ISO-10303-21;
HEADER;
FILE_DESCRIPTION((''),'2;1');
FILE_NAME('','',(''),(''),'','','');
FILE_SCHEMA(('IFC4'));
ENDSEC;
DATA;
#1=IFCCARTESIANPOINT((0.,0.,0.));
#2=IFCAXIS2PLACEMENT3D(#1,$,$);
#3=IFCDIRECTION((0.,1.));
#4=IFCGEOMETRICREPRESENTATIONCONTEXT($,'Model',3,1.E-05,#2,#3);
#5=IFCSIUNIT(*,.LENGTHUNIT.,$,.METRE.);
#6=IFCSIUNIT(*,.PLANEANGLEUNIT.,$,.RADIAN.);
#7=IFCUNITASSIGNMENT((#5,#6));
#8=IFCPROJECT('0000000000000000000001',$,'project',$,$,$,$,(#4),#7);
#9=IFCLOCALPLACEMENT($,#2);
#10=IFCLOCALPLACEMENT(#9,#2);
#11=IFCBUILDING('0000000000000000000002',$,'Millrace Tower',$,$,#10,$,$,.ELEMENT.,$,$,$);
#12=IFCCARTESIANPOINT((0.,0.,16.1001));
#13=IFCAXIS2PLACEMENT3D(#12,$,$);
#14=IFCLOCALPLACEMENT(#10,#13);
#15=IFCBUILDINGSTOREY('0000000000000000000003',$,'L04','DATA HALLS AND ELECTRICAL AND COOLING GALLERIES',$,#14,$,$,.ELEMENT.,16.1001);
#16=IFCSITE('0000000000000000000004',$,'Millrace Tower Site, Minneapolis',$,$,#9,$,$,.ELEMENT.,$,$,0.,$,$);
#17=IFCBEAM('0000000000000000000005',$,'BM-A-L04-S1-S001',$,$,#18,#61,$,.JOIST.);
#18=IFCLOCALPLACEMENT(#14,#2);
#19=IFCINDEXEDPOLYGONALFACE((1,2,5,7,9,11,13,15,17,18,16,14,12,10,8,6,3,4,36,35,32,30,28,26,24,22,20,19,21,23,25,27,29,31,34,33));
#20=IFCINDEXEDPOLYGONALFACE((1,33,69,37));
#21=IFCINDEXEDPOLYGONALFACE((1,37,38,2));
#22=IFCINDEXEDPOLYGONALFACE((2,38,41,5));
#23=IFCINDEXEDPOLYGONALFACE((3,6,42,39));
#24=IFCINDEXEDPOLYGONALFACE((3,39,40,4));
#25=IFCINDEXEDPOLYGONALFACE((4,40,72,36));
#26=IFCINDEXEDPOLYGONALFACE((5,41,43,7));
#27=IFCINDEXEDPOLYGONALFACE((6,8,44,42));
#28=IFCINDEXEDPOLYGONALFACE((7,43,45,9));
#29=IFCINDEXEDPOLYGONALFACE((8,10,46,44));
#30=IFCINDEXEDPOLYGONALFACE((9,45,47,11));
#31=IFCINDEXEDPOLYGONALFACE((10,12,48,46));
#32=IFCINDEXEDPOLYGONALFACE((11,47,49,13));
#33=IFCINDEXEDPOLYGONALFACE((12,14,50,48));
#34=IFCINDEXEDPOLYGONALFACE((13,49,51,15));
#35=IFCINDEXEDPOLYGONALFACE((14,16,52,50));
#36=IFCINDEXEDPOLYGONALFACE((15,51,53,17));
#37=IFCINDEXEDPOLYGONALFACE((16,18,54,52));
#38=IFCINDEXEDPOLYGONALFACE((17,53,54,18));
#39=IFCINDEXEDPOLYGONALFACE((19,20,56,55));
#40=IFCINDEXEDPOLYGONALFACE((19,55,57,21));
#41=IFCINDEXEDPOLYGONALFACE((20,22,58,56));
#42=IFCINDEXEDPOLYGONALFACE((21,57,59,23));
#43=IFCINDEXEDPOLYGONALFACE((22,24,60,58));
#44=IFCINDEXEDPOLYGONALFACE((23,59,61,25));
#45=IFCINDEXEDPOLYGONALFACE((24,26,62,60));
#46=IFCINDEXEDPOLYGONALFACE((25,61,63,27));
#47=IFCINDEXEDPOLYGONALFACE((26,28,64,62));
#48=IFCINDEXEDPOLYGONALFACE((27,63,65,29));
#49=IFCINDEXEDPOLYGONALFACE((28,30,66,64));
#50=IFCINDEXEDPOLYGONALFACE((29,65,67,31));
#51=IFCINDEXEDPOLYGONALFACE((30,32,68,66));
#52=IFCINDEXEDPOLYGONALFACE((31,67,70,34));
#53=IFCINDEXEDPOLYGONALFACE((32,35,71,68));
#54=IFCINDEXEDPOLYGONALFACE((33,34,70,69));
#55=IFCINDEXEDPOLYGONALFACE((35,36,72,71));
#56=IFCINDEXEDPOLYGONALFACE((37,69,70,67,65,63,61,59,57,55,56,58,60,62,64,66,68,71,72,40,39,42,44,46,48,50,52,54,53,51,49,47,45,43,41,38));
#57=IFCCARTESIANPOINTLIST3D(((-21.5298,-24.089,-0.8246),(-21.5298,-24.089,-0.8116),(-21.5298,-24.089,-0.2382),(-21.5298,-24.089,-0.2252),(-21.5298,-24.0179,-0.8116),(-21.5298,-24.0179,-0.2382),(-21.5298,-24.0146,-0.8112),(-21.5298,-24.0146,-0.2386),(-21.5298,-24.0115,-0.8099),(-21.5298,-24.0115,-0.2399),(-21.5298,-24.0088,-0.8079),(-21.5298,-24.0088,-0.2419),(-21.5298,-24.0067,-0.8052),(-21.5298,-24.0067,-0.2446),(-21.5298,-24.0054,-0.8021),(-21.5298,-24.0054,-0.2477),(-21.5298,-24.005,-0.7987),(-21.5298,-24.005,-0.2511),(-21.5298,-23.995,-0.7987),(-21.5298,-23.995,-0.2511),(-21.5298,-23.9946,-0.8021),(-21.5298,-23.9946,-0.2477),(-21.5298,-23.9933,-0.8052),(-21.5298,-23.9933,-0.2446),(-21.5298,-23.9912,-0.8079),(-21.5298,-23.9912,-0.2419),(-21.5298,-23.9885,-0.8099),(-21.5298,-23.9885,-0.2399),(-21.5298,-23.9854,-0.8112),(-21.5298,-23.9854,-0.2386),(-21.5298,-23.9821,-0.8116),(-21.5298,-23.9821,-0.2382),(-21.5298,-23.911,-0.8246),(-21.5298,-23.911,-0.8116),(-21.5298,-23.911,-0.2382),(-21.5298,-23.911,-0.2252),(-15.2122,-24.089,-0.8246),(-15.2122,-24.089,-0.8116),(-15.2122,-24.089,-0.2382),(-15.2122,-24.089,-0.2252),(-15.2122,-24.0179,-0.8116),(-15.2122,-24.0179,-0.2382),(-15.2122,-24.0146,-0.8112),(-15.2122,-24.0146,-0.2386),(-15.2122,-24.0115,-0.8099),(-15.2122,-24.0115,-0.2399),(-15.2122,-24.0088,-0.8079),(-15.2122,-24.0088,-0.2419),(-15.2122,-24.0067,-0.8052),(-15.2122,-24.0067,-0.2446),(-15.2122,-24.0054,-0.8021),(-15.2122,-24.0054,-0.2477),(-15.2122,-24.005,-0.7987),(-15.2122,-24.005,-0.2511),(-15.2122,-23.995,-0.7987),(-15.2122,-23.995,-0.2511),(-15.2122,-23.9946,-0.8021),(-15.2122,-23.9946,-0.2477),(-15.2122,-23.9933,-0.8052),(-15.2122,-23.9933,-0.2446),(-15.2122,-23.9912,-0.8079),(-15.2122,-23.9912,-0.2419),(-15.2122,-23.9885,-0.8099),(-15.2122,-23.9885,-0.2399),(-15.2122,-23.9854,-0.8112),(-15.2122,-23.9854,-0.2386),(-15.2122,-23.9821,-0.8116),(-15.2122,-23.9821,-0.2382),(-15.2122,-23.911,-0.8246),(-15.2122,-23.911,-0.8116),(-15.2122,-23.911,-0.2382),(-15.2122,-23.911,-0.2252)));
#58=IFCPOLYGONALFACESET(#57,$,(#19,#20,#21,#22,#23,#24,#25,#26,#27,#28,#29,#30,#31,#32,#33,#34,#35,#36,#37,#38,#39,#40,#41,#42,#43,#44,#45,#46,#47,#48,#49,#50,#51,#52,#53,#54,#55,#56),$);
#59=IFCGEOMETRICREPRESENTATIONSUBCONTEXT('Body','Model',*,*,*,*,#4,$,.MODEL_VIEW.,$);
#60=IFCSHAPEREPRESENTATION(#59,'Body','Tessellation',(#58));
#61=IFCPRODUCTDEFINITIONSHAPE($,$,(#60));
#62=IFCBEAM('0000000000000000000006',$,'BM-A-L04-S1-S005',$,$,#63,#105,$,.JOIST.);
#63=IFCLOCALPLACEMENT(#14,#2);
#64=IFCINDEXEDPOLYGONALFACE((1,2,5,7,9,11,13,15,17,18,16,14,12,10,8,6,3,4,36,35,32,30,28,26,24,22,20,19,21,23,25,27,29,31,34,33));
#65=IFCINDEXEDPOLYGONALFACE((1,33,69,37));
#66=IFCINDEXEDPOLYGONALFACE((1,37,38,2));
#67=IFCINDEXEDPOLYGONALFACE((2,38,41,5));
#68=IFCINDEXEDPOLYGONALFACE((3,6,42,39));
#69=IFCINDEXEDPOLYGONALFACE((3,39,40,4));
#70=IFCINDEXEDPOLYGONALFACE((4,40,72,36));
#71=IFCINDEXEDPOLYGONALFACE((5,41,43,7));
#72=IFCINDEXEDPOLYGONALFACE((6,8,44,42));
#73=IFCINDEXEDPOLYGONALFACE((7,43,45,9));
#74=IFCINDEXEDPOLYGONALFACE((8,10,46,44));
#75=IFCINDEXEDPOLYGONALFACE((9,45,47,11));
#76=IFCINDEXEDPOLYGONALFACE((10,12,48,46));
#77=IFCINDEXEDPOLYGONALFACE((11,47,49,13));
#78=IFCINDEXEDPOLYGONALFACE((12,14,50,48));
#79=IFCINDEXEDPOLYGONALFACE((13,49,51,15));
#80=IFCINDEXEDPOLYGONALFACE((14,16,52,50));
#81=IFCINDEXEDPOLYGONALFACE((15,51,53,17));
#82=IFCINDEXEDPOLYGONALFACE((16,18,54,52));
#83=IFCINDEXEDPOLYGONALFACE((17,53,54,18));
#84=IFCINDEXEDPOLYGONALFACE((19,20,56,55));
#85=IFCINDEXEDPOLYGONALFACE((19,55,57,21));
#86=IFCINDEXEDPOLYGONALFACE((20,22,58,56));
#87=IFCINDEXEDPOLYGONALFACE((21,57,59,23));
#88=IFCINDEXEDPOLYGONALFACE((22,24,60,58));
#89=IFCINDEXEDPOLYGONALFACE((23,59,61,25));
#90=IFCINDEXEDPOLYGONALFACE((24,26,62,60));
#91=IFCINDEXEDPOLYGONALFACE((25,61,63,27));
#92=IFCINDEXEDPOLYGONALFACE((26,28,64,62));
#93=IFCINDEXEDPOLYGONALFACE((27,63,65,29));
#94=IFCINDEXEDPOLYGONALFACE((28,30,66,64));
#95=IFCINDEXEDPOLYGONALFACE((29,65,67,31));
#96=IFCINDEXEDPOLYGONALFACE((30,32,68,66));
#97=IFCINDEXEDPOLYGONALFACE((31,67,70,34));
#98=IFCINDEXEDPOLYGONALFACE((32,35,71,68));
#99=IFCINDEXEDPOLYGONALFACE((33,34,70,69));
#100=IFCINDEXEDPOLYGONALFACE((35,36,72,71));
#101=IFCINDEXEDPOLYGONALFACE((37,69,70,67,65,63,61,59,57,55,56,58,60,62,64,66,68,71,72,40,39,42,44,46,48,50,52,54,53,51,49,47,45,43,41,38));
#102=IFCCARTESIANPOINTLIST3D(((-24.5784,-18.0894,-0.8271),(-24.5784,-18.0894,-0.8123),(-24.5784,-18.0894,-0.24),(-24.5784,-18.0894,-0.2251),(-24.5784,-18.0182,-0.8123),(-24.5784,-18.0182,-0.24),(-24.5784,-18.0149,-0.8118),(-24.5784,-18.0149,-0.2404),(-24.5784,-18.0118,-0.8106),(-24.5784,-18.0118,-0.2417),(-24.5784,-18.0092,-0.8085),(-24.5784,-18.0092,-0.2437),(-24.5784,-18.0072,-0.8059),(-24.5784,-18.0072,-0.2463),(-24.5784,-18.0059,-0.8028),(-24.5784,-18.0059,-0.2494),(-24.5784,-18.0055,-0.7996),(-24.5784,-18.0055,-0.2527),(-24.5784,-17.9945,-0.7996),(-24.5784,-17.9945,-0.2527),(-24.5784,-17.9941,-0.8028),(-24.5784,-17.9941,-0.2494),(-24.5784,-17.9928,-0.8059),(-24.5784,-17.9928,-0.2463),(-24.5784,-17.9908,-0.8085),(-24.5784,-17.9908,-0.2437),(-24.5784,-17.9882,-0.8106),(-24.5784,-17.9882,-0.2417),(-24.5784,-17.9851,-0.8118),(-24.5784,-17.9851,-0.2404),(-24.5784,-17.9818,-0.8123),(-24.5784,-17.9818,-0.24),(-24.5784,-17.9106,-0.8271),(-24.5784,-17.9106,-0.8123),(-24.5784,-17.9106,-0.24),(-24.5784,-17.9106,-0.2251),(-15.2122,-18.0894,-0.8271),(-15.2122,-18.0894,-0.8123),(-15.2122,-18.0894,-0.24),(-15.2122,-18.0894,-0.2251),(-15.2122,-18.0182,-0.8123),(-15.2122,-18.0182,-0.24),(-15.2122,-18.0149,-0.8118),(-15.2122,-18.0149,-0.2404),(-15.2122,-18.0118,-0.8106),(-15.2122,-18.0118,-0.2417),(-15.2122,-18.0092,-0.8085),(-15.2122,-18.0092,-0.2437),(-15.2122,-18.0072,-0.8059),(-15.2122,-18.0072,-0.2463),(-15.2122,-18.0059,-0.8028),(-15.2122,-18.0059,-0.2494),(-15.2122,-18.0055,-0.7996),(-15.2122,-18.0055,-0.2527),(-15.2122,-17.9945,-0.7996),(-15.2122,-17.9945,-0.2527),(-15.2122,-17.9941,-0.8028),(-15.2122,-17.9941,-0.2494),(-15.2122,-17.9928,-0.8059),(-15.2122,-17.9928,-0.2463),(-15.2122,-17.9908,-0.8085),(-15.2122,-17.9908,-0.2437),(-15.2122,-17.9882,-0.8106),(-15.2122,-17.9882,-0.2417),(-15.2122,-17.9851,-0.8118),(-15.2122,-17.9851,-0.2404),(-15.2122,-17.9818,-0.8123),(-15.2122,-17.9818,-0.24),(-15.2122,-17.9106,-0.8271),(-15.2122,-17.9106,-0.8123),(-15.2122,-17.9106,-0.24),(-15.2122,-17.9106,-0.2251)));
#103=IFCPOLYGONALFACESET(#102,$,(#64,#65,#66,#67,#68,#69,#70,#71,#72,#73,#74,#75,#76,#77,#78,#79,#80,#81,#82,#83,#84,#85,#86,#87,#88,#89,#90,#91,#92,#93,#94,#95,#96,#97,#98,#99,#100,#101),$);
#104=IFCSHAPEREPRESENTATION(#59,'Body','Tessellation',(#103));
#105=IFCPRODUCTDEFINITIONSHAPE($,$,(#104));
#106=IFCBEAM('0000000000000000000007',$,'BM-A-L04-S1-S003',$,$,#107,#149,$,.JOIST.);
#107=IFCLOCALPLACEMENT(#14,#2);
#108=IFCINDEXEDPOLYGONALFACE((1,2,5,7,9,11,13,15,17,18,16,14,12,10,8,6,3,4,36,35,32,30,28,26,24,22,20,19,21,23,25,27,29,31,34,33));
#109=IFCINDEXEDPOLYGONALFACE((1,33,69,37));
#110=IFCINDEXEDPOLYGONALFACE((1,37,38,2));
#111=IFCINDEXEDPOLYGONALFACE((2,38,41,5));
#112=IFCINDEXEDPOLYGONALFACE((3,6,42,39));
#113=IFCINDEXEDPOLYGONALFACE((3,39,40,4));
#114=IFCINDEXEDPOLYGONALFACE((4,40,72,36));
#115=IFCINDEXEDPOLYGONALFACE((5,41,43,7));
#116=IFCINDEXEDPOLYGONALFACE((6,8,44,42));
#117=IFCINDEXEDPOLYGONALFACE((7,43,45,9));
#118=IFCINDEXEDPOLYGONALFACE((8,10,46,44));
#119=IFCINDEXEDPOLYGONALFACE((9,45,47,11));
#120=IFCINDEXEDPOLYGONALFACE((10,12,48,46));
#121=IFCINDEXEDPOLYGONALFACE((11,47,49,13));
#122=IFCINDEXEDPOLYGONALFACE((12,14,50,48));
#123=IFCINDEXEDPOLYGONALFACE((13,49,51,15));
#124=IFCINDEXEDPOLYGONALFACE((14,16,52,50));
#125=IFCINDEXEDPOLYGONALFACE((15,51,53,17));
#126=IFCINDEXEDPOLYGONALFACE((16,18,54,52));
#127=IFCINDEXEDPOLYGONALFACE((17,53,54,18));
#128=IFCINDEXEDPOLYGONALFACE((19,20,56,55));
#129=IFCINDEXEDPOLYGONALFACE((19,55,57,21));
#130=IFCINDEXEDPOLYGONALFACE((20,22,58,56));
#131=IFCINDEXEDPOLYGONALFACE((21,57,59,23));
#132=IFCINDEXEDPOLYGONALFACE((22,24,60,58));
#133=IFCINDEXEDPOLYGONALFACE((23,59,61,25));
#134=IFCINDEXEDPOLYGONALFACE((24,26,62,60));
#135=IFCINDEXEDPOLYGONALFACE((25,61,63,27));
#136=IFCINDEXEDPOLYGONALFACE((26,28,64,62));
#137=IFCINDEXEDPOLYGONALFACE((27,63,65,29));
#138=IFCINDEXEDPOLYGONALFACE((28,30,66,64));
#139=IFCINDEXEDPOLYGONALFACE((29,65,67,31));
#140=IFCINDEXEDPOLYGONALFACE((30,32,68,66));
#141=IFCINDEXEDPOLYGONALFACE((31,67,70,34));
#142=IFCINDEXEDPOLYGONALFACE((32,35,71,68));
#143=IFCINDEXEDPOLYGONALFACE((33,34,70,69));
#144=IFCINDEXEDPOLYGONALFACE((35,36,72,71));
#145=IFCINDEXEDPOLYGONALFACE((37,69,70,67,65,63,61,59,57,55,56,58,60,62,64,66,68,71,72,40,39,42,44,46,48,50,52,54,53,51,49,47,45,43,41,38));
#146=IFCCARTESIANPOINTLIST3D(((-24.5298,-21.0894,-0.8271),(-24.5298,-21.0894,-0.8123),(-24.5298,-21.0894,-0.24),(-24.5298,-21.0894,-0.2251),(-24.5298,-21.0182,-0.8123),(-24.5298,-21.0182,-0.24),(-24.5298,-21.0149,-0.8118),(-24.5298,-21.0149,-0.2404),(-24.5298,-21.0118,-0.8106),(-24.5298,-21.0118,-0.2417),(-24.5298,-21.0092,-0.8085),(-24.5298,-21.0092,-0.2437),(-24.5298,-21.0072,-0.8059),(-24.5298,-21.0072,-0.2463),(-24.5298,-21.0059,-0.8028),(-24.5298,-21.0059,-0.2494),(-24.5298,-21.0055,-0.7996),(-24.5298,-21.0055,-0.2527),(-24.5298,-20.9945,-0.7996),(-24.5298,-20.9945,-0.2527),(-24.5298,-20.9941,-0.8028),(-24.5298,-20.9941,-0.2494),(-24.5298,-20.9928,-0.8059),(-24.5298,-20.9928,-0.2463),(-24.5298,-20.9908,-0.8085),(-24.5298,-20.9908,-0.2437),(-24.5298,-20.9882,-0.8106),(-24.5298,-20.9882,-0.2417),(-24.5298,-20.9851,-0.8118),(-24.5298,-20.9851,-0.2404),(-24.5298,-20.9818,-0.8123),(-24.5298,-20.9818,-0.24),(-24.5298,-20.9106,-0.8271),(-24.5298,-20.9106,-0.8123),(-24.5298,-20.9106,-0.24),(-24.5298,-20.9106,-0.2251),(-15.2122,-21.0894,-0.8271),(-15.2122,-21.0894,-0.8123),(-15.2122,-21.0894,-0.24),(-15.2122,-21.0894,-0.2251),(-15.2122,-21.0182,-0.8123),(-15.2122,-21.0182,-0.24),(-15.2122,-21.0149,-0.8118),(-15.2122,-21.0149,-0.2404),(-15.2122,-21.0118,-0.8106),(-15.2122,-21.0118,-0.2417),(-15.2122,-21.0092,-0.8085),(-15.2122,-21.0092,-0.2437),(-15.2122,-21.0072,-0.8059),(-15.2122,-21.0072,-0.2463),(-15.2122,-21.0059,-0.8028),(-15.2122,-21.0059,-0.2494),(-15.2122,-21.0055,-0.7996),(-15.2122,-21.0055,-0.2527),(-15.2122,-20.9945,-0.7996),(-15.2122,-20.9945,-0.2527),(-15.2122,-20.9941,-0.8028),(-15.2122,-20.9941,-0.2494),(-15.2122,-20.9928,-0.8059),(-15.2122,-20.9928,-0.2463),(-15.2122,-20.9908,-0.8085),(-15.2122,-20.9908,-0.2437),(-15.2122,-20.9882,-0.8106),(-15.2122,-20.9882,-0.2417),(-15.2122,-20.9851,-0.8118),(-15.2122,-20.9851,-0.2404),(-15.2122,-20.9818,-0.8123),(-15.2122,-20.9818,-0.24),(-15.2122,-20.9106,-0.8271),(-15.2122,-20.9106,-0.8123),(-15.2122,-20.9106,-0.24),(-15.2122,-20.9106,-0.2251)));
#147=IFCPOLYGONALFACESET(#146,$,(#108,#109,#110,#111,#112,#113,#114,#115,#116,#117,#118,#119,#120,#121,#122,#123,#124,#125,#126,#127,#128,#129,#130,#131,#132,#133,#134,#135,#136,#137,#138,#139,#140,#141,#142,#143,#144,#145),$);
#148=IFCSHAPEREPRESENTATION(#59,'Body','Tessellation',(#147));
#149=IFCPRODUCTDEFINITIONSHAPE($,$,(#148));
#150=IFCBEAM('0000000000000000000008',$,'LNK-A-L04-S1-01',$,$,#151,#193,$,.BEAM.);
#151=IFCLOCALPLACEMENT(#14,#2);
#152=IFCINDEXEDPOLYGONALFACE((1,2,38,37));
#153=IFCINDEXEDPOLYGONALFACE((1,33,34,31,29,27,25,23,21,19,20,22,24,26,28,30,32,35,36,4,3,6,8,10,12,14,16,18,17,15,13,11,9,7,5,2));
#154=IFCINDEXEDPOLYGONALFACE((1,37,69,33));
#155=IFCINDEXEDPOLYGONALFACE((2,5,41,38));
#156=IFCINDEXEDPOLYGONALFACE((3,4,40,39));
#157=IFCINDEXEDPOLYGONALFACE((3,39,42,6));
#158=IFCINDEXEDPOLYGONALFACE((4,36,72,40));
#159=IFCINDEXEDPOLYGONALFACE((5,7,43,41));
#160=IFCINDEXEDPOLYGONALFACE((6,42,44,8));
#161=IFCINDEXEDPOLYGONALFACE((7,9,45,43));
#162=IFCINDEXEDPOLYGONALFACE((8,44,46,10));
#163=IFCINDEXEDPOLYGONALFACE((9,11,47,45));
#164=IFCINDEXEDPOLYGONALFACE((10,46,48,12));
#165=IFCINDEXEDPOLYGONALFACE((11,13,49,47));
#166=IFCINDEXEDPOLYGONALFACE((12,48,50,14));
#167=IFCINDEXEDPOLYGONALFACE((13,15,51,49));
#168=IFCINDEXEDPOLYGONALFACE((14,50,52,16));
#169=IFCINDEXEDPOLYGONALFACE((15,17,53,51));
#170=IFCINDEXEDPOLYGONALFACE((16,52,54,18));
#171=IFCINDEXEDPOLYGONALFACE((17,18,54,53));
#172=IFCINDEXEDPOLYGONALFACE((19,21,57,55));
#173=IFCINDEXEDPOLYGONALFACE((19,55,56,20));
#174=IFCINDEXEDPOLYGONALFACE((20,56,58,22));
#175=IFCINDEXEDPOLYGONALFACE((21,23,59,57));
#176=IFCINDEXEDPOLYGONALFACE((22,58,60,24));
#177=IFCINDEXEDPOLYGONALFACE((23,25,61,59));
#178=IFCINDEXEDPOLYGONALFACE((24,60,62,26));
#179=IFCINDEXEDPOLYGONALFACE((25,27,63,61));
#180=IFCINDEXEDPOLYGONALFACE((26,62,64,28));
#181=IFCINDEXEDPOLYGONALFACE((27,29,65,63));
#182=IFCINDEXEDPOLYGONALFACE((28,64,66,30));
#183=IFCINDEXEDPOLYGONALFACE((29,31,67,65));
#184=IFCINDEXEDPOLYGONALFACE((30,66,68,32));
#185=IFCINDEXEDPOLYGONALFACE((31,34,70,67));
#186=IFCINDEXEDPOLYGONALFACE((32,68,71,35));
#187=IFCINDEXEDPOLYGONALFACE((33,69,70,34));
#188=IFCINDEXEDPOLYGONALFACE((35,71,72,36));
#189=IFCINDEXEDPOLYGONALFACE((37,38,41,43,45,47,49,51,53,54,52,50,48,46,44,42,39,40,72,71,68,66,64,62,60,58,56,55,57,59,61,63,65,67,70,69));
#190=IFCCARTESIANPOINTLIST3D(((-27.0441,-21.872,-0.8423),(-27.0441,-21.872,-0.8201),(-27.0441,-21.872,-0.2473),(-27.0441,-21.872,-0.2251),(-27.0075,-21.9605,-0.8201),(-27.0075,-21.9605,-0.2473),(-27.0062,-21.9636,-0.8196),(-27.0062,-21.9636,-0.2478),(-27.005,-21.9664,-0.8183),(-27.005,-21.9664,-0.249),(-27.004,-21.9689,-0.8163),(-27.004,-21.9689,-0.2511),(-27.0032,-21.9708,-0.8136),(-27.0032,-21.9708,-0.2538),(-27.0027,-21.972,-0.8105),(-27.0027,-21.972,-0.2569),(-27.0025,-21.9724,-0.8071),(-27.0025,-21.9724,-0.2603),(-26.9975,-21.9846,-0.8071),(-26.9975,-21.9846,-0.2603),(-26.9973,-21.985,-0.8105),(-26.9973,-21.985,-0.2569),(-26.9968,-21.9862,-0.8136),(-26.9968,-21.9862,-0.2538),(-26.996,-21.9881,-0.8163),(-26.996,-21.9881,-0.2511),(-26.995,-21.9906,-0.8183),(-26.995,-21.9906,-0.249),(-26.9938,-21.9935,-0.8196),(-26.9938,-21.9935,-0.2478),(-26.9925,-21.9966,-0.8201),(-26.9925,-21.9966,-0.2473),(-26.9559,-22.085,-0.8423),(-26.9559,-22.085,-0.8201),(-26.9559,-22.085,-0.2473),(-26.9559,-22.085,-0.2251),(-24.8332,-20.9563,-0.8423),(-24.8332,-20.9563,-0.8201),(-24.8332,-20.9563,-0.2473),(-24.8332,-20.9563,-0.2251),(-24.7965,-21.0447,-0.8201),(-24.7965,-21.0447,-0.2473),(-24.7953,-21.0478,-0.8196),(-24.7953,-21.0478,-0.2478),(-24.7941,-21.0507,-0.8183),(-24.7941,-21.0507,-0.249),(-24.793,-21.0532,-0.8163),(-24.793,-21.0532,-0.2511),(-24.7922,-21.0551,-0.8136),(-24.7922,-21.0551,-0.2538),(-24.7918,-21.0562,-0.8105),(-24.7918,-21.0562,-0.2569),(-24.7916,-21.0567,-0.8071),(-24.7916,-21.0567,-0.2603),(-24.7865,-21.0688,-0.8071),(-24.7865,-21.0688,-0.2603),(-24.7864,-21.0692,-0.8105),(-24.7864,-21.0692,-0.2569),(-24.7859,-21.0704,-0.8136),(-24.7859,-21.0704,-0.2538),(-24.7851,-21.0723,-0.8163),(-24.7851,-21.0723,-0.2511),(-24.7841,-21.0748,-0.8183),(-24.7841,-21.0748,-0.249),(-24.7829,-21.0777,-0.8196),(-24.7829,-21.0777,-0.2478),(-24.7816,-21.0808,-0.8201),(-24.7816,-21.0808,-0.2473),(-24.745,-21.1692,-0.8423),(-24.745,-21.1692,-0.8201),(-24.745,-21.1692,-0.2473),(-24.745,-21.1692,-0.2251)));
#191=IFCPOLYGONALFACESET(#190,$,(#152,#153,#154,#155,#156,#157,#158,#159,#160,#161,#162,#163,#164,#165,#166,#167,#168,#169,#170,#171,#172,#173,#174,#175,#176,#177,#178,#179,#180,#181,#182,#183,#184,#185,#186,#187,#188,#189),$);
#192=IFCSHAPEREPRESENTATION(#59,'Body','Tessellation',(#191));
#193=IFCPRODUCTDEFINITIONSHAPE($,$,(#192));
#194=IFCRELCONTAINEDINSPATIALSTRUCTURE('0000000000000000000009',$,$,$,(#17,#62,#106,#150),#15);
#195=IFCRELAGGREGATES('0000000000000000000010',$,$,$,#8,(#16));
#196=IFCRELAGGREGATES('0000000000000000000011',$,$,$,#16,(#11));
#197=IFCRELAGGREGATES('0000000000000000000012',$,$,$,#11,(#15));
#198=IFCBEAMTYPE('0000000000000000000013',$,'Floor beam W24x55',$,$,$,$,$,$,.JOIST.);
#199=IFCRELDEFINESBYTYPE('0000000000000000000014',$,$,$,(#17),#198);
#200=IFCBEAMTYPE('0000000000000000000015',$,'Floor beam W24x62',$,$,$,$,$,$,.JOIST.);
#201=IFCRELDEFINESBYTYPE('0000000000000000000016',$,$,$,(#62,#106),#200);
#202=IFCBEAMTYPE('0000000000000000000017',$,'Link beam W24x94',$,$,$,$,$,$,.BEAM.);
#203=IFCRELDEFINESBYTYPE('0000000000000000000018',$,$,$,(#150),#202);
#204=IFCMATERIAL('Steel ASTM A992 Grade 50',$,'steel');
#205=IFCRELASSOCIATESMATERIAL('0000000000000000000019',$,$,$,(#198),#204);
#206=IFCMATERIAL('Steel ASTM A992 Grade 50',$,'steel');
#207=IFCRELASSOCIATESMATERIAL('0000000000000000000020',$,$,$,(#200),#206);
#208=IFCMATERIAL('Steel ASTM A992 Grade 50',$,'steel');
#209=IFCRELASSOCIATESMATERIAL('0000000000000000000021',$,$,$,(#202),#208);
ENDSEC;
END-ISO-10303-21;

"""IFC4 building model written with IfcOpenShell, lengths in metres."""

from ifc_helpers import new_model, si_unit, direction, frame, origin, origin_2d, place, context, subcontext, project, spatial, i_section, extrude, material, material_profile, profile_set, type_object, element, save


model = new_model("IFC4")

# Units and contexts
model_context = context("Model", 3, precision=1e-05, world=origin(), true_north=direction((0.0, 1.0)))
body_context = subcontext(model_context, "Body", "Model", "MODEL_VIEW")
ifc_project = project(units=[si_unit("LENGTHUNIT", "METRE"), si_unit("PLANEANGLEUNIT", "RADIAN")], contexts=[model_context])

# Site, building, storey
site_placement = place(None, origin())
site = spatial("IfcSite", under=ifc_project, at=site_placement, Name="Millrace Tower Site, Minneapolis", CompositionType="ELEMENT", RefElevation=0.0)
building_placement = place(site_placement, origin())
building = spatial("IfcBuilding", under=site, at=building_placement, Name="Millrace Tower", CompositionType="ELEMENT")
storey_placement = place(building_placement, frame((0.0, 0.0, 16.1001)))
storey = spatial("IfcBuildingStorey", under=building, at=storey_placement, Name="L04", Description="DATA HALLS AND ELECTRICAL AND COOLING GALLERIES", CompositionType="ELEMENT", Elevation=16.1001)

# Beams
ifc_material_1 = material(Name="Steel ASTM A992 Grade 50", Category="steel")
ifc_material_profile_1 = material_profile(ifc_material_1, i_section(OverallWidth=0.178, OverallDepth=0.5994, WebThickness=0.01, FlangeThickness=0.0129, FilletRadius=0.0129, at=origin_2d()))
ifc_profile_set_1 = profile_set([ifc_material_profile_1], Name="Steel ASTM A992 Grade 50")
beam_type_1 = type_object("IfcBeamType", Name="Floor beam W24x55", PredefinedType="JOIST", material=ifc_profile_set_1)
beam_1_placement = place(storey_placement, frame((-21.5298, -24.0, -0.5249), z_axis=(1.0, 0.0, 0.0), x_axis=(0.0, 1.0, 0.0)))
element("IfcBeam", 1, at=beam_1_placement, inside=storey, type_object=beam_type_1, Name="BM-A-L04-S1-S001", PredefinedType="JOIST", context=body_context, shape_type="SweptSolid", body=[
    extrude(i_section(OverallWidth=0.178, OverallDepth=0.5994, WebThickness=0.01, FlangeThickness=0.0129, FilletRadius=0.0129, at=origin_2d()), origin(), (0.0, 0.0, 1.0), 6.3176),
])
ifc_material_2 = material(Name="Steel ASTM A992 Grade 50", Category="steel")
ifc_material_profile_2 = material_profile(ifc_material_2, i_section(OverallWidth=0.1787, OverallDepth=0.6021, WebThickness=0.011, FlangeThickness=0.0149, FilletRadius=0.0127, at=origin_2d()))
ifc_profile_set_2 = profile_set([ifc_material_profile_2], Name="Steel ASTM A992 Grade 50")
beam_type_2 = type_object("IfcBeamType", Name="Floor beam W24x62", PredefinedType="JOIST", material=ifc_profile_set_2)
beam_2_placement = place(storey_placement, frame((-24.5784, -18.0, -0.5261), z_axis=(1.0, 0.0, 0.0), x_axis=(0.0, 1.0, 0.0)))
element("IfcBeam", 2, at=beam_2_placement, inside=storey, type_object=beam_type_2, Name="BM-A-L04-S1-S005", PredefinedType="JOIST", context=body_context, shape_type="SweptSolid", body=[
    extrude(i_section(OverallWidth=0.1787, OverallDepth=0.6021, WebThickness=0.011, FlangeThickness=0.0149, FilletRadius=0.0127, at=origin_2d()), origin(), (0.0, 0.0, 1.0), 9.3662),
])
beam_3_placement = place(storey_placement, frame((-24.5298, -21.0, -0.5261), z_axis=(1.0, 0.0, 0.0), x_axis=(0.0, 1.0, 0.0)))
element("IfcBeam", 3, at=beam_3_placement, inside=storey, type_object=beam_type_2, Name="BM-A-L04-S1-S003", PredefinedType="JOIST", context=body_context, shape_type="SweptSolid", body=[
    extrude(i_section(OverallWidth=0.1787, OverallDepth=0.6021, WebThickness=0.011, FlangeThickness=0.0149, FilletRadius=0.0127, at=origin_2d()), origin(), (0.0, 0.0, 1.0), 9.3176),
])
ifc_material_3 = material(Name="Steel ASTM A992 Grade 50", Category="steel")
ifc_material_profile_3 = material_profile(ifc_material_3, i_section(OverallWidth=0.2305, OverallDepth=0.6172, WebThickness=0.0132, FlangeThickness=0.0222, FilletRadius=0.0129, at=origin_2d()))
ifc_profile_set_3 = profile_set([ifc_material_profile_3], Name="Steel ASTM A992 Grade 50")
beam_type_3 = type_object("IfcBeamType", Name="Link beam W24x94", PredefinedType="BEAM", material=ifc_profile_set_3)
for number, where, z_axis, x_axis, name in (
    (4, (-24.7891, -21.0627, -0.5337), (-0.923884, -0.382673, 0.0), (0.382673, -0.923884, 0.0), "LNK-A-L04-S1-01"),
):
    element("IfcBeam", number, at=place(storey_placement, frame(where, z_axis=z_axis, x_axis=x_axis)), inside=storey, type_object=beam_type_3, Name=name, PredefinedType="BEAM", context=body_context, shape_type="SweptSolid", body=[
        extrude(i_section(OverallWidth=0.2305, OverallDepth=0.6172, WebThickness=0.0132, FlangeThickness=0.0222, FilletRadius=0.0129, at=origin_2d()), origin(), (0.0, 0.0, 1.0), 2.3931),
    ])

save(model, "model.ifc")
